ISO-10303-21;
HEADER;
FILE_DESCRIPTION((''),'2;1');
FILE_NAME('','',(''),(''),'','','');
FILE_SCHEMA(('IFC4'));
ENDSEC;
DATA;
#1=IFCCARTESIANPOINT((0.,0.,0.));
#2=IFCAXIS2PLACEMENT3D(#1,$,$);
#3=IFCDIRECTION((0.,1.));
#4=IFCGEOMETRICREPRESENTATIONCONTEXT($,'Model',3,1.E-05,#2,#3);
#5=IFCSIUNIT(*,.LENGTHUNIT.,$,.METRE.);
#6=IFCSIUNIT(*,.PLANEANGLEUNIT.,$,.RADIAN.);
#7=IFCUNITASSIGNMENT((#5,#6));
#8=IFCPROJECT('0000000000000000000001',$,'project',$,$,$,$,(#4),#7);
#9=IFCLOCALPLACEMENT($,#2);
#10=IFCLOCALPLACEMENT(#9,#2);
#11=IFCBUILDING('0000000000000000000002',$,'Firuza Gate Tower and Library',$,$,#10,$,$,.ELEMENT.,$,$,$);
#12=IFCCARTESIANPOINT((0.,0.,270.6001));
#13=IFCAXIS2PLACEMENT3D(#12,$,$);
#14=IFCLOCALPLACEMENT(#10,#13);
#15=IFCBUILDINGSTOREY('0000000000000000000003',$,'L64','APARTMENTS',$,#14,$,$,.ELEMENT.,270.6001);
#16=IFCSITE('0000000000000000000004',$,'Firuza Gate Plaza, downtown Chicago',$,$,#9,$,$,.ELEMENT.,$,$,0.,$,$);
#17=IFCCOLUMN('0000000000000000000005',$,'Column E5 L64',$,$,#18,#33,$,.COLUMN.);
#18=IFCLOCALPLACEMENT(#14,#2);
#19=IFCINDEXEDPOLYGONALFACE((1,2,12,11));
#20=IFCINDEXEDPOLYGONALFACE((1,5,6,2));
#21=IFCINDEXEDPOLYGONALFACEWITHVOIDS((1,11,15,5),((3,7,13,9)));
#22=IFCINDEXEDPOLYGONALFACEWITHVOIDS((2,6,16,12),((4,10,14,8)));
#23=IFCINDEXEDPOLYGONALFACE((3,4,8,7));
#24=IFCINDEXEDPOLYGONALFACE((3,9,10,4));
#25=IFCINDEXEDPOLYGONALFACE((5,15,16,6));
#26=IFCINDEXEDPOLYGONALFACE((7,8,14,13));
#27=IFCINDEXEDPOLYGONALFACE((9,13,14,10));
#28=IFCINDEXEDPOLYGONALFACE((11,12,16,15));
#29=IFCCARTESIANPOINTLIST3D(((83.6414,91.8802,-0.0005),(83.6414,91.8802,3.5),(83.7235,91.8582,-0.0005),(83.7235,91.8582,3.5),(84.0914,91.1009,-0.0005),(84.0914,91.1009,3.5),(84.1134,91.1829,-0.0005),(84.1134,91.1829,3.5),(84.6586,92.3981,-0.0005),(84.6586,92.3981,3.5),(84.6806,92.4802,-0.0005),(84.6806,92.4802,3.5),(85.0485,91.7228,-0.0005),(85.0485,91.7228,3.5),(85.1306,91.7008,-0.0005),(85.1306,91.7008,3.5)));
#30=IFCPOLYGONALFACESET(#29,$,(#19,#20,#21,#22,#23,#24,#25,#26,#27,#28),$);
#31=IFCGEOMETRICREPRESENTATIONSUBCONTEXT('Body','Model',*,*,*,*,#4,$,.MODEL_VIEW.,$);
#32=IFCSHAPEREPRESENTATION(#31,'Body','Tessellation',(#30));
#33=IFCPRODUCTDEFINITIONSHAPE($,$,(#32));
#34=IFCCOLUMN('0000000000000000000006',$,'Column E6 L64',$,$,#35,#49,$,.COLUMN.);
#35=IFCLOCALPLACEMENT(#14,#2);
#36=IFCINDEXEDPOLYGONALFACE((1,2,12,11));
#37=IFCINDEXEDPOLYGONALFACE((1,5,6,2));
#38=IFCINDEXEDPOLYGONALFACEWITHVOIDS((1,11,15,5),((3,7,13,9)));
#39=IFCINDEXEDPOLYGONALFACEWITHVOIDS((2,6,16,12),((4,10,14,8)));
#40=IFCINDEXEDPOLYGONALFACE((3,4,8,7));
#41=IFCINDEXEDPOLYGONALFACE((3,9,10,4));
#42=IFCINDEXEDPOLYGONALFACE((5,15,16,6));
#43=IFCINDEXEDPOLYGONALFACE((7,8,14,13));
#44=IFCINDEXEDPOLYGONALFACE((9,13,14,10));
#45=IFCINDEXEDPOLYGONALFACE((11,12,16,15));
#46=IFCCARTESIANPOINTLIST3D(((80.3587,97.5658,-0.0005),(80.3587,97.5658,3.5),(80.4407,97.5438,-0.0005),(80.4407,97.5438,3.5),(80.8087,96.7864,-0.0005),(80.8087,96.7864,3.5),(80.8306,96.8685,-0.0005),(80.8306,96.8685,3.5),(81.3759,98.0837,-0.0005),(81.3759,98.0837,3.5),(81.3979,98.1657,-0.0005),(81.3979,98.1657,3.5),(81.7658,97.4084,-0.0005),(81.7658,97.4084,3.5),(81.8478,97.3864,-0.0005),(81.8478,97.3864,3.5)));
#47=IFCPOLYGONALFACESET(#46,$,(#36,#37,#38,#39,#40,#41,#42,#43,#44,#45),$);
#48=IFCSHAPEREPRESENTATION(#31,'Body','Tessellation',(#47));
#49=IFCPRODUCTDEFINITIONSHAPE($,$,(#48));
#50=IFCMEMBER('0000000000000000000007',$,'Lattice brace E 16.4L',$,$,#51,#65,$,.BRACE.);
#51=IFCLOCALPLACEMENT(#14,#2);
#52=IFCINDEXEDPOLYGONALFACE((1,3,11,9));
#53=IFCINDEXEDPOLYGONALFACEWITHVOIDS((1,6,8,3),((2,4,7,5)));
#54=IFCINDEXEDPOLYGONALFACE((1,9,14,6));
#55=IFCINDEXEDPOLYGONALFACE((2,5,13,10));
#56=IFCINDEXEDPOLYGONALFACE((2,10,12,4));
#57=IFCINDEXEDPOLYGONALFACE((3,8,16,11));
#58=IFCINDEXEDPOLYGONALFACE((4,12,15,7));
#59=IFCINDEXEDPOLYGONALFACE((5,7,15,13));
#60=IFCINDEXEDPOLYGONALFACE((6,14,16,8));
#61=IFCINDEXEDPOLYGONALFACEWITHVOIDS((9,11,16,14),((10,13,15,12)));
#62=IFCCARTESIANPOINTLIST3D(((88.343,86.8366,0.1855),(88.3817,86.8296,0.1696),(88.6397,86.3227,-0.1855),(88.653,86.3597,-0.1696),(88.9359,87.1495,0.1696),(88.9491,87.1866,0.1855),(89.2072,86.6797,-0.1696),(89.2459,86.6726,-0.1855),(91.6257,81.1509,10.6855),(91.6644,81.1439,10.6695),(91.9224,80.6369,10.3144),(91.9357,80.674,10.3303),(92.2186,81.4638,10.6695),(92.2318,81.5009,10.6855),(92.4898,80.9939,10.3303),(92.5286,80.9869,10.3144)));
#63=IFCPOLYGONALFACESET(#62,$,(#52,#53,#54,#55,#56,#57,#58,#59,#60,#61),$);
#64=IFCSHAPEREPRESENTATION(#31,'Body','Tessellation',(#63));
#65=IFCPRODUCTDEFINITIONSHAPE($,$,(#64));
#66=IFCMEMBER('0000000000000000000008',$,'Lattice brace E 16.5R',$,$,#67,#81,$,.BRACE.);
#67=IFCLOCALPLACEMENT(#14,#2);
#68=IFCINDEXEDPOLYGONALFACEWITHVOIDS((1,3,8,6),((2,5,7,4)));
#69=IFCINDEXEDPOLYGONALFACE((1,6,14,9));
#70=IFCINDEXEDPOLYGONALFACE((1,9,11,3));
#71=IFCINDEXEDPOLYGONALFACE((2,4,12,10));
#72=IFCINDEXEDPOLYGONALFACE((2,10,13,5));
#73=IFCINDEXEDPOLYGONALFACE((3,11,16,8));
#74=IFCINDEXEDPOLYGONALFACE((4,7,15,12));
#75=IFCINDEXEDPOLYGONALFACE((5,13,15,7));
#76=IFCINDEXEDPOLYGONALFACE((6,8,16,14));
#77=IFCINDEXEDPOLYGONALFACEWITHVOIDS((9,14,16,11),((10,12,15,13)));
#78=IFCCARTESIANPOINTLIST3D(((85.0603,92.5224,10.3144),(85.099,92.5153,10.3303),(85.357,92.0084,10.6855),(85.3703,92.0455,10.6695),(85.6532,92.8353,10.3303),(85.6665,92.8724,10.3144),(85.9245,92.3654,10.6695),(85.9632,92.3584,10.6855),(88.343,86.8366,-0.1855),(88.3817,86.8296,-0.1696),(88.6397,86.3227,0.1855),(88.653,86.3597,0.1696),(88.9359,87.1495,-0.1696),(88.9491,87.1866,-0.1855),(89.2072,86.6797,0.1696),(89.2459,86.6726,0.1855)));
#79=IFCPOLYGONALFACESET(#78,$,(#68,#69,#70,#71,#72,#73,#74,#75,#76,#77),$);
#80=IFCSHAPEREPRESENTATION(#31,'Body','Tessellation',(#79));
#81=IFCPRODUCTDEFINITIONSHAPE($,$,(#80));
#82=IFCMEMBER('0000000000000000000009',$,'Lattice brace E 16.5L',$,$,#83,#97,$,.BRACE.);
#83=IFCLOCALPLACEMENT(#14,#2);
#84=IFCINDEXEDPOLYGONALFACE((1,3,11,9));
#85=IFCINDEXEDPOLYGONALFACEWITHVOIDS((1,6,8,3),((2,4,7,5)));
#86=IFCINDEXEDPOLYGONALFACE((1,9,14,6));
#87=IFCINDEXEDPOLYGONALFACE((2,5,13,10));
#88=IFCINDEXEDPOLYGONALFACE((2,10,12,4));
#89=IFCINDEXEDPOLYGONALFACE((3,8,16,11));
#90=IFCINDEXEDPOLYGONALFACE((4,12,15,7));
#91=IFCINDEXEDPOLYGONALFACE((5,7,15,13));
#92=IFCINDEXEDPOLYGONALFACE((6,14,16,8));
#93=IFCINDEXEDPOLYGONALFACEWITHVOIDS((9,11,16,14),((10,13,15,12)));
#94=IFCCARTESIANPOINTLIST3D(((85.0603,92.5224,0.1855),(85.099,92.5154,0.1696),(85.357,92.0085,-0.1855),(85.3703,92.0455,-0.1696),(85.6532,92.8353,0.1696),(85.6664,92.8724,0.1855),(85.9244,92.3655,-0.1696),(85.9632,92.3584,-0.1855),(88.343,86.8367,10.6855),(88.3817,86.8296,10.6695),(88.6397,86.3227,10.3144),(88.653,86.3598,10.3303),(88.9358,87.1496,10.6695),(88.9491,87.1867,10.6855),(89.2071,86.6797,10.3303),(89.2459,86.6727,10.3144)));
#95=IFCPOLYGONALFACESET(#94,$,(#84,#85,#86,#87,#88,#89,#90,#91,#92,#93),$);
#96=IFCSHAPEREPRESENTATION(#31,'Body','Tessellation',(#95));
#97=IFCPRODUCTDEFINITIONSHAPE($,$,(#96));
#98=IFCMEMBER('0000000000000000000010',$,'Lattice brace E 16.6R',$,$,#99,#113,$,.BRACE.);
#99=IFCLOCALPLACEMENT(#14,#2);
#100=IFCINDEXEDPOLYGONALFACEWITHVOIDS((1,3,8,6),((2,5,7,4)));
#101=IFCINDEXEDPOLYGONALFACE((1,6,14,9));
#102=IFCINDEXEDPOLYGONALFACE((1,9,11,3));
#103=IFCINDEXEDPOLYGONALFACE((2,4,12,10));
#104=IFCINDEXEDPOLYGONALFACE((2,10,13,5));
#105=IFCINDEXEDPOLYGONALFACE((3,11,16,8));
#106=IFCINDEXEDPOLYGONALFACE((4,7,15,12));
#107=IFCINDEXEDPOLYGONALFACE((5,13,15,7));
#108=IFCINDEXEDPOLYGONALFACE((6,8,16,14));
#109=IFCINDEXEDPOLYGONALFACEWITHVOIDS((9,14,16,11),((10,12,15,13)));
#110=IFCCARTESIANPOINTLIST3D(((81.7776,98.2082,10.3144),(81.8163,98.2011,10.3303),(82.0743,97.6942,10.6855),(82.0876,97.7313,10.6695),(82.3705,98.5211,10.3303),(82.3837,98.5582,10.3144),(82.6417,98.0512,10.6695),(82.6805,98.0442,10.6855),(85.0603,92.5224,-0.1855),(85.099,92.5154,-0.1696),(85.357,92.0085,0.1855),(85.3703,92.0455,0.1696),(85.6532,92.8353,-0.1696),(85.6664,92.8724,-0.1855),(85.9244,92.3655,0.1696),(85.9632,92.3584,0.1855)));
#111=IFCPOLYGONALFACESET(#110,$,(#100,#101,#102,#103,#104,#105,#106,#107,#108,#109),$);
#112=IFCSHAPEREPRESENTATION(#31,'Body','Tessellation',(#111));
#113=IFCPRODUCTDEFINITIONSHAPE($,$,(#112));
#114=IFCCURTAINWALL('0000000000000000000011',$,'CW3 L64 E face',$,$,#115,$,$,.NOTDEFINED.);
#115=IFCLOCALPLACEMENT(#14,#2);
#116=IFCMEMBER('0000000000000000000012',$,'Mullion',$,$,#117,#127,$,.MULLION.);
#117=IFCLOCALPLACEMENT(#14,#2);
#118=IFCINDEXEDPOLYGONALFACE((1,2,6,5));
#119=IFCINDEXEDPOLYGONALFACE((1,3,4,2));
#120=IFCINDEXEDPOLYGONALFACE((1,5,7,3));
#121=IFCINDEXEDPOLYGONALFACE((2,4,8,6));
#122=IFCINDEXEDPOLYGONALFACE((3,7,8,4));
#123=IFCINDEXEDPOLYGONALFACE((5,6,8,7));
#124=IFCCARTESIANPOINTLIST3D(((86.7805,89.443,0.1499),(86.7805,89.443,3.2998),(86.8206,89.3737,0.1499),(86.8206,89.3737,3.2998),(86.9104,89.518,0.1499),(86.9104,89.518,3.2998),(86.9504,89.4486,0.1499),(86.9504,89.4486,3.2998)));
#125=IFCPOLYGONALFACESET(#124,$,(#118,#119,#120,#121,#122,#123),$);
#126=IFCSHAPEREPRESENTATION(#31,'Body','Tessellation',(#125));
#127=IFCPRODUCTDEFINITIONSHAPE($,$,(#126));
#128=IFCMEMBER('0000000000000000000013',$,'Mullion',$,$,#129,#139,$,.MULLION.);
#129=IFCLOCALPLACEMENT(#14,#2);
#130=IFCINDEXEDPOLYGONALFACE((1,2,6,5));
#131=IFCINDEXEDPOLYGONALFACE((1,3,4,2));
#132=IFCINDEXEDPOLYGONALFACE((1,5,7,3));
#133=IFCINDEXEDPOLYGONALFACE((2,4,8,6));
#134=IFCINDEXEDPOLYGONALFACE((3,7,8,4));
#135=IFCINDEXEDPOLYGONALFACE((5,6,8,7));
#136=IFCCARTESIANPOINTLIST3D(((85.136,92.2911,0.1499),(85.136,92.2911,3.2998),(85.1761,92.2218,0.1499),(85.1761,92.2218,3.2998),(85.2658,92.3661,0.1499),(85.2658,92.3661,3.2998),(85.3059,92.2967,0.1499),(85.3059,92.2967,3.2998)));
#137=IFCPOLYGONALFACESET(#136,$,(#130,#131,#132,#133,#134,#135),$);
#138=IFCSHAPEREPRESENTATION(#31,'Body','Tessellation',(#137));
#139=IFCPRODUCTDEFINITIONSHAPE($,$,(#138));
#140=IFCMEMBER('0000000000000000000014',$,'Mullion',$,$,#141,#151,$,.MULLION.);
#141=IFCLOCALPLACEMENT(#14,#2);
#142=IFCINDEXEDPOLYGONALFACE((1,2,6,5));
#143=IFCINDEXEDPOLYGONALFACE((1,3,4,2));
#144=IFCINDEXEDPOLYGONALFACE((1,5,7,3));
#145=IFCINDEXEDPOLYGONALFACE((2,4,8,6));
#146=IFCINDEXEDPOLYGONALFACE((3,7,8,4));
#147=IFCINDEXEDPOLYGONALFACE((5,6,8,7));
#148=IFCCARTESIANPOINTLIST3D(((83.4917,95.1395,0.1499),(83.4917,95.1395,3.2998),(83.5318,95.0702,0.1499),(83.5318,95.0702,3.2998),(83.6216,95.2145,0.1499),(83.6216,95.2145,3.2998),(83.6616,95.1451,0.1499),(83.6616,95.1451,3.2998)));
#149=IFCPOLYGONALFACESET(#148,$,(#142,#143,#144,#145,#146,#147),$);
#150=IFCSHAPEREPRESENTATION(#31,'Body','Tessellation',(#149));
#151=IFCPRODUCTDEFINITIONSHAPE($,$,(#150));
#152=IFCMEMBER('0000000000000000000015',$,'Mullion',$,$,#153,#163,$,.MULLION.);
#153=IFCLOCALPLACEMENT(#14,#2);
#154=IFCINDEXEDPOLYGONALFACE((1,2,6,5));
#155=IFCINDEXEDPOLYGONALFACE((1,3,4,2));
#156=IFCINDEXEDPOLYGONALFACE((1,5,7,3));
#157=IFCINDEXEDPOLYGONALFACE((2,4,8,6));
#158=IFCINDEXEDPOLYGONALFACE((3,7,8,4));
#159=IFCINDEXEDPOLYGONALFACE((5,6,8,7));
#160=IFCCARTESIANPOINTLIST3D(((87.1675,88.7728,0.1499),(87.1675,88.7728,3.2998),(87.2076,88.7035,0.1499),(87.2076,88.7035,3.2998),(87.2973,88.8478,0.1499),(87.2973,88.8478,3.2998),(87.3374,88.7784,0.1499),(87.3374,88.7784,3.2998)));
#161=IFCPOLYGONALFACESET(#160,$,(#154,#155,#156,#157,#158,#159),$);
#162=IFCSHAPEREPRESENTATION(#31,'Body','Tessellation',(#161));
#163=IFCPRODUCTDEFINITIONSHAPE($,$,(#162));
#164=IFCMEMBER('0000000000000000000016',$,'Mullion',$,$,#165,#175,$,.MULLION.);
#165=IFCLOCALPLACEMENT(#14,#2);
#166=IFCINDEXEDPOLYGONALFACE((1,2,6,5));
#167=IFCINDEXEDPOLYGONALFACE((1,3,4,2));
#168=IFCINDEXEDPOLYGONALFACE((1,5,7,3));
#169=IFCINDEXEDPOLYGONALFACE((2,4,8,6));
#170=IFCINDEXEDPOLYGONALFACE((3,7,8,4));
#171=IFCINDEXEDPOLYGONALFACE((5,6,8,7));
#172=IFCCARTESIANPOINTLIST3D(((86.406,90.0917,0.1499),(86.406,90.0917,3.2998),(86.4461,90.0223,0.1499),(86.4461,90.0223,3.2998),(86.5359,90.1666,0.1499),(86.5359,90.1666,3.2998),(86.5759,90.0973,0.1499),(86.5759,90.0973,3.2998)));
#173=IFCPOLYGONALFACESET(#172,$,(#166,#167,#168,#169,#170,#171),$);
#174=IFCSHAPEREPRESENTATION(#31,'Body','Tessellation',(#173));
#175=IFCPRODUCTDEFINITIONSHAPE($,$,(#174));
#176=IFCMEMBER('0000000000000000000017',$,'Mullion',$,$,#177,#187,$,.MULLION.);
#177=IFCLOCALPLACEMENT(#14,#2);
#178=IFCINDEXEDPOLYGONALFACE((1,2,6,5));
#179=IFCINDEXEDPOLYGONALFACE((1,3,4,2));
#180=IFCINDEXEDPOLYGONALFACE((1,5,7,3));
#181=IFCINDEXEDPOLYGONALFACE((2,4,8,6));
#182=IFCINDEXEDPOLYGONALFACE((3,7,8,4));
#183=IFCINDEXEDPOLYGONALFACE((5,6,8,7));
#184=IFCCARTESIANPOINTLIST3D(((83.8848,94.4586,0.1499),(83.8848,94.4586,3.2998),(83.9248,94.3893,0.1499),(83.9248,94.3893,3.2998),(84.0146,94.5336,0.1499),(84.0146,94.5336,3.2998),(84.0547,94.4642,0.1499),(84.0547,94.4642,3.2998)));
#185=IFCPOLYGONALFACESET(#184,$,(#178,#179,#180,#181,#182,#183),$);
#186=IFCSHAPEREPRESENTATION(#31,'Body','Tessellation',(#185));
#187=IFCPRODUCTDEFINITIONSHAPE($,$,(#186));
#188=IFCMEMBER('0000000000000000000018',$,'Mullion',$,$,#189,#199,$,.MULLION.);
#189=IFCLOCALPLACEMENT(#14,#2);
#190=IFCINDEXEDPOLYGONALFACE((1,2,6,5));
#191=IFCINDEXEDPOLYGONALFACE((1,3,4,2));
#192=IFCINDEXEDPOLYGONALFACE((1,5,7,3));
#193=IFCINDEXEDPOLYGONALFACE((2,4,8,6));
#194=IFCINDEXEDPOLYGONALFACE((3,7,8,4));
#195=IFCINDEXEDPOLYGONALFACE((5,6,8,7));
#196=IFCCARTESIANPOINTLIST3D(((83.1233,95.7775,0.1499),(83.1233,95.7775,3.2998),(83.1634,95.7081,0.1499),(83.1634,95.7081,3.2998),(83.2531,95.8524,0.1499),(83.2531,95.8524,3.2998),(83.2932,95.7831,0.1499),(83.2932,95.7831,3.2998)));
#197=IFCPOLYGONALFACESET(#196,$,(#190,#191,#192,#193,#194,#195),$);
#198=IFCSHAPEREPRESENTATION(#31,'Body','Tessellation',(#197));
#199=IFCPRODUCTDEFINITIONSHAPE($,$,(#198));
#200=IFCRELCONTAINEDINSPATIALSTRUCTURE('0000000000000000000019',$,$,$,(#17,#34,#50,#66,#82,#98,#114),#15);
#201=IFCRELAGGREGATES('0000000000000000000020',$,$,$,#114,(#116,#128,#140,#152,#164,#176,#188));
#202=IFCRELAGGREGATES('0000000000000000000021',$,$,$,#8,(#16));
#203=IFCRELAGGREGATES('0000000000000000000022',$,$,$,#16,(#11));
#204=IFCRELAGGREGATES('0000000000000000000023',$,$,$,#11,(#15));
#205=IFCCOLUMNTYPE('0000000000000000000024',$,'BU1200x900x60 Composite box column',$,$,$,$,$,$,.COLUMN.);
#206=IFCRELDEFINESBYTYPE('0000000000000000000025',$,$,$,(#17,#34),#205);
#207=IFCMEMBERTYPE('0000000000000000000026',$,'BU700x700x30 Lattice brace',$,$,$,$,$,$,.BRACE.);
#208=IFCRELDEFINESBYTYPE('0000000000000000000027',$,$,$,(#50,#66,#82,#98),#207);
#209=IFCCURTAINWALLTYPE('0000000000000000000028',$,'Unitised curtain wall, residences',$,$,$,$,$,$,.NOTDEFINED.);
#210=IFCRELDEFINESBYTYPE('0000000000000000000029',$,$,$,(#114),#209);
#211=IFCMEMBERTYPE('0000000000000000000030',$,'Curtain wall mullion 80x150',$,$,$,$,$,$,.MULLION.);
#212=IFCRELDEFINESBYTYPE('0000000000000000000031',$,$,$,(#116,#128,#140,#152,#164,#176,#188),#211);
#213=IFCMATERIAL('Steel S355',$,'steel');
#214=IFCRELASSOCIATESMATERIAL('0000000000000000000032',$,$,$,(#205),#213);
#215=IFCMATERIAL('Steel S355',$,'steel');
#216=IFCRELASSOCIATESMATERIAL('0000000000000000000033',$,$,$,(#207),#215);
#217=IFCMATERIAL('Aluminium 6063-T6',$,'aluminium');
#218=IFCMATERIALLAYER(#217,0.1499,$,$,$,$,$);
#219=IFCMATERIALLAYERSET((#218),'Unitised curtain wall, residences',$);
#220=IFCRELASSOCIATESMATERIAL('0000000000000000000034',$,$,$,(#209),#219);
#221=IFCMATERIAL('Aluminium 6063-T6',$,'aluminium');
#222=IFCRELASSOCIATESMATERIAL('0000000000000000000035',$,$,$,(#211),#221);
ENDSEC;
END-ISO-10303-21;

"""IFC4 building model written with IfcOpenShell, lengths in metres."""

from ifc_helpers import new_model, si_unit, direction, frame, origin, origin_2d, place, context, subcontext, project, spatial, rectangle, hollow_rectangle, extrude, material, layer, layer_set, material_profile, profile_set, type_object, element, aggregate, save


model = new_model("IFC4")

# Units and contexts
model_context = context("Model", 3, precision=1e-05, world=origin(), true_north=direction((0.0, 1.0)))
body_context = subcontext(model_context, "Body", "Model", "MODEL_VIEW")
ifc_project = project(units=[si_unit("LENGTHUNIT", "METRE"), si_unit("PLANEANGLEUNIT", "RADIAN")], contexts=[model_context])

# Site, building, storey
site_placement = place(None, origin())
site = spatial("IfcSite", under=ifc_project, at=site_placement, Name="Firuza Gate Plaza, downtown Chicago", CompositionType="ELEMENT", RefElevation=0.0)
building_placement = place(site_placement, origin())
building = spatial("IfcBuilding", under=site, at=building_placement, Name="Firuza Gate Tower and Library", CompositionType="ELEMENT")
storey_placement = place(building_placement, frame((0.0, 0.0, 270.6001)))
storey = spatial("IfcBuildingStorey", under=building, at=storey_placement, Name="L64", Description="APARTMENTS", CompositionType="ELEMENT", Elevation=270.6001)

# Columns
ifc_material_1 = material(Name="Steel S355", Category="steel")
ifc_material_profile_1 = material_profile(ifc_material_1, hollow_rectangle(XDim=0.8999, YDim=1.2, WallThickness=0.0601, at=origin_2d()))
ifc_profile_set_1 = profile_set([ifc_material_profile_1], Name="Steel S355")
column_type = type_object("IfcColumnType", Name="BU1200x900x60 Composite box column", PredefinedType="COLUMN", material=ifc_profile_set_1)
for number, where, z_axis, x_axis, name in (
    (1, (84.386, 91.7905, -0.0005), (0.0, 0.0, 1.0), (-0.5, 0.866025, 0.0), "Column E5 L64"),
    (2, (81.1033, 97.4761, -0.0005), (0.0, 0.0, 1.0), (-0.5, 0.866025, 0.0), "Column E6 L64"),
):
    element("IfcColumn", number, at=place(storey_placement, frame(where, z_axis=z_axis, x_axis=x_axis)), inside=storey, type_object=column_type, Name=name, PredefinedType="COLUMN", context=body_context, shape_type="SweptSolid", body=[
        extrude(hollow_rectangle(XDim=0.8999, YDim=1.2, WallThickness=0.0601, at=origin_2d()), origin(), (0.0, 0.0, 1.0), 3.5005),
    ])

# Members
ifc_material_2 = material(Name="Steel S355", Category="steel")
ifc_material_profile_2 = material_profile(ifc_material_2, hollow_rectangle(XDim=0.7, YDim=0.7, WallThickness=0.03, at=origin_2d()))
ifc_profile_set_2 = profile_set([ifc_material_profile_2], Name="Steel S355")
member_type_1 = type_object("IfcMemberType", Name="BU700x700x30 Lattice brace", PredefinedType="BRACE", material=ifc_profile_set_2)
for number, where, z_axis, x_axis, name in (
    (3, (88.7944, 86.7546, 0.0), (0.265085, -0.459137, 0.847893), (0.866024, 0.500002, 0.0), "Lattice brace E 16.4L"),
    (4, (88.7944, 86.7546, 0.0), (-0.265085, 0.459137, 0.847893), (-0.866024, -0.500002, 0.0), "Lattice brace E 16.5R"),
    (5, (85.5117, 92.4404, 0.0), (0.265085, -0.459137, 0.847893), (0.866024, 0.500002, 0.0), "Lattice brace E 16.5L"),
    (6, (85.5117, 92.4404, 0.0), (-0.265085, 0.459137, 0.847893), (-0.866024, -0.500002, 0.0), "Lattice brace E 16.6R"),
):
    element("IfcMember", number, at=place(storey_placement, frame(where, z_axis=z_axis, x_axis=x_axis)), inside=storey, type_object=member_type_1, Name=name, PredefinedType="BRACE", context=body_context, shape_type="SweptSolid", body=[
        extrude(hollow_rectangle(XDim=0.7, YDim=0.7, WallThickness=0.03, at=origin_2d()), origin(), (0.0, 0.0, 1.0), 12.3835),
    ])

# Curtain wall, members
ifc_material_3 = material(Name="Aluminium 6063-T6", Category="aluminium")
ifc_layer_1 = layer(ifc_material_3, 0.1499)
ifc_layer_set_1 = layer_set([ifc_layer_1], Name="Unitised curtain wall, residences")
curtain_wall_type = type_object("IfcCurtainWallType", Name="Unitised curtain wall, residences", PredefinedType="NOTDEFINED", material=ifc_layer_set_1)
curtain_wall_placement = place(storey_placement, origin())
curtain_wall = element("IfcCurtainWall", 7, at=curtain_wall_placement, inside=storey, type_object=curtain_wall_type, Name="CW3 L64 E face", PredefinedType="NOTDEFINED")
ifc_material_4 = material(Name="Aluminium 6063-T6", Category="aluminium")
ifc_material_profile_3 = material_profile(ifc_material_4, rectangle(XDim=0.1499, YDim=0.0801, at=origin_2d()))
ifc_profile_set_3 = profile_set([ifc_material_profile_3], Name="Aluminium 6063-T6")
member_type_2 = type_object("IfcMemberType", Name="Curtain wall mullion 80x150", PredefinedType="MULLION", material=ifc_profile_set_3)
member_1_placement = place(storey_placement, frame((86.8655, 89.4458, 0.1499), z_axis=(0.0, 0.0, 1.0), x_axis=(-0.866025, -0.5, 0.0)))
member_1 = element("IfcMember", 8, at=member_1_placement, type_object=member_type_2, Name="Mullion", PredefinedType="MULLION", context=body_context, shape_type="SweptSolid", body=[
    extrude(rectangle(XDim=0.1499, YDim=0.0801, at=origin_2d()), origin(), (0.0, 0.0, 1.0), 3.1499),
])
member_2_placement = place(storey_placement, frame((85.2209, 92.2939, 0.1499), z_axis=(0.0, 0.0, 1.0), x_axis=(-0.866025, -0.5, 0.0)))
member_2 = element("IfcMember", 9, at=member_2_placement, type_object=member_type_2, Name="Mullion", PredefinedType="MULLION", context=body_context, shape_type="SweptSolid", body=[
    extrude(rectangle(XDim=0.1499, YDim=0.0801, at=origin_2d()), origin(), (0.0, 0.0, 1.0), 3.1499),
])
member_3_placement = place(storey_placement, frame((83.5767, 95.1423, 0.1499), z_axis=(0.0, 0.0, 1.0), x_axis=(-0.866025, -0.5, 0.0)))
member_3 = element("IfcMember", 10, at=member_3_placement, type_object=member_type_2, Name="Mullion", PredefinedType="MULLION", context=body_context, shape_type="SweptSolid", body=[
    extrude(rectangle(XDim=0.1499, YDim=0.0801, at=origin_2d()), origin(), (0.0, 0.0, 1.0), 3.1499),
])
member_4_placement = place(storey_placement, frame((87.2524, 88.7756, 0.1499), z_axis=(0.0, 0.0, 1.0), x_axis=(-0.866025, -0.5, 0.0)))
member_4 = element("IfcMember", 11, at=member_4_placement, type_object=member_type_2, Name="Mullion", PredefinedType="MULLION", context=body_context, shape_type="SweptSolid", body=[
    extrude(rectangle(XDim=0.1499, YDim=0.0801, at=origin_2d()), origin(), (0.0, 0.0, 1.0), 3.1499),
])
member_5_placement = place(storey_placement, frame((86.491, 90.0945, 0.1499), z_axis=(0.0, 0.0, 1.0), x_axis=(-0.866025, -0.5, 0.0)))
member_5 = element("IfcMember", 12, at=member_5_placement, type_object=member_type_2, Name="Mullion", PredefinedType="MULLION", context=body_context, shape_type="SweptSolid", body=[
    extrude(rectangle(XDim=0.1499, YDim=0.0801, at=origin_2d()), origin(), (0.0, 0.0, 1.0), 3.1499),
])
member_6_placement = place(storey_placement, frame((83.9697, 94.4614, 0.1499), z_axis=(0.0, 0.0, 1.0), x_axis=(-0.866025, -0.5, 0.0)))
member_6 = element("IfcMember", 13, at=member_6_placement, type_object=member_type_2, Name="Mullion", PredefinedType="MULLION", context=body_context, shape_type="SweptSolid", body=[
    extrude(rectangle(XDim=0.1499, YDim=0.0801, at=origin_2d()), origin(), (0.0, 0.0, 1.0), 3.1499),
])
member_7_placement = place(storey_placement, frame((83.2083, 95.7803, 0.1499), z_axis=(0.0, 0.0, 1.0), x_axis=(-0.866025, -0.5, 0.0)))
member_7 = element("IfcMember", 14, at=member_7_placement, type_object=member_type_2, Name="Mullion", PredefinedType="MULLION", context=body_context, shape_type="SweptSolid", body=[
    extrude(rectangle(XDim=0.1499, YDim=0.0801, at=origin_2d()), origin(), (0.0, 0.0, 1.0), 3.1499),
])

aggregate(curtain_wall, [member_1, member_2, member_3, member_4, member_5, member_6, member_7])

save(model, "model.ifc")
